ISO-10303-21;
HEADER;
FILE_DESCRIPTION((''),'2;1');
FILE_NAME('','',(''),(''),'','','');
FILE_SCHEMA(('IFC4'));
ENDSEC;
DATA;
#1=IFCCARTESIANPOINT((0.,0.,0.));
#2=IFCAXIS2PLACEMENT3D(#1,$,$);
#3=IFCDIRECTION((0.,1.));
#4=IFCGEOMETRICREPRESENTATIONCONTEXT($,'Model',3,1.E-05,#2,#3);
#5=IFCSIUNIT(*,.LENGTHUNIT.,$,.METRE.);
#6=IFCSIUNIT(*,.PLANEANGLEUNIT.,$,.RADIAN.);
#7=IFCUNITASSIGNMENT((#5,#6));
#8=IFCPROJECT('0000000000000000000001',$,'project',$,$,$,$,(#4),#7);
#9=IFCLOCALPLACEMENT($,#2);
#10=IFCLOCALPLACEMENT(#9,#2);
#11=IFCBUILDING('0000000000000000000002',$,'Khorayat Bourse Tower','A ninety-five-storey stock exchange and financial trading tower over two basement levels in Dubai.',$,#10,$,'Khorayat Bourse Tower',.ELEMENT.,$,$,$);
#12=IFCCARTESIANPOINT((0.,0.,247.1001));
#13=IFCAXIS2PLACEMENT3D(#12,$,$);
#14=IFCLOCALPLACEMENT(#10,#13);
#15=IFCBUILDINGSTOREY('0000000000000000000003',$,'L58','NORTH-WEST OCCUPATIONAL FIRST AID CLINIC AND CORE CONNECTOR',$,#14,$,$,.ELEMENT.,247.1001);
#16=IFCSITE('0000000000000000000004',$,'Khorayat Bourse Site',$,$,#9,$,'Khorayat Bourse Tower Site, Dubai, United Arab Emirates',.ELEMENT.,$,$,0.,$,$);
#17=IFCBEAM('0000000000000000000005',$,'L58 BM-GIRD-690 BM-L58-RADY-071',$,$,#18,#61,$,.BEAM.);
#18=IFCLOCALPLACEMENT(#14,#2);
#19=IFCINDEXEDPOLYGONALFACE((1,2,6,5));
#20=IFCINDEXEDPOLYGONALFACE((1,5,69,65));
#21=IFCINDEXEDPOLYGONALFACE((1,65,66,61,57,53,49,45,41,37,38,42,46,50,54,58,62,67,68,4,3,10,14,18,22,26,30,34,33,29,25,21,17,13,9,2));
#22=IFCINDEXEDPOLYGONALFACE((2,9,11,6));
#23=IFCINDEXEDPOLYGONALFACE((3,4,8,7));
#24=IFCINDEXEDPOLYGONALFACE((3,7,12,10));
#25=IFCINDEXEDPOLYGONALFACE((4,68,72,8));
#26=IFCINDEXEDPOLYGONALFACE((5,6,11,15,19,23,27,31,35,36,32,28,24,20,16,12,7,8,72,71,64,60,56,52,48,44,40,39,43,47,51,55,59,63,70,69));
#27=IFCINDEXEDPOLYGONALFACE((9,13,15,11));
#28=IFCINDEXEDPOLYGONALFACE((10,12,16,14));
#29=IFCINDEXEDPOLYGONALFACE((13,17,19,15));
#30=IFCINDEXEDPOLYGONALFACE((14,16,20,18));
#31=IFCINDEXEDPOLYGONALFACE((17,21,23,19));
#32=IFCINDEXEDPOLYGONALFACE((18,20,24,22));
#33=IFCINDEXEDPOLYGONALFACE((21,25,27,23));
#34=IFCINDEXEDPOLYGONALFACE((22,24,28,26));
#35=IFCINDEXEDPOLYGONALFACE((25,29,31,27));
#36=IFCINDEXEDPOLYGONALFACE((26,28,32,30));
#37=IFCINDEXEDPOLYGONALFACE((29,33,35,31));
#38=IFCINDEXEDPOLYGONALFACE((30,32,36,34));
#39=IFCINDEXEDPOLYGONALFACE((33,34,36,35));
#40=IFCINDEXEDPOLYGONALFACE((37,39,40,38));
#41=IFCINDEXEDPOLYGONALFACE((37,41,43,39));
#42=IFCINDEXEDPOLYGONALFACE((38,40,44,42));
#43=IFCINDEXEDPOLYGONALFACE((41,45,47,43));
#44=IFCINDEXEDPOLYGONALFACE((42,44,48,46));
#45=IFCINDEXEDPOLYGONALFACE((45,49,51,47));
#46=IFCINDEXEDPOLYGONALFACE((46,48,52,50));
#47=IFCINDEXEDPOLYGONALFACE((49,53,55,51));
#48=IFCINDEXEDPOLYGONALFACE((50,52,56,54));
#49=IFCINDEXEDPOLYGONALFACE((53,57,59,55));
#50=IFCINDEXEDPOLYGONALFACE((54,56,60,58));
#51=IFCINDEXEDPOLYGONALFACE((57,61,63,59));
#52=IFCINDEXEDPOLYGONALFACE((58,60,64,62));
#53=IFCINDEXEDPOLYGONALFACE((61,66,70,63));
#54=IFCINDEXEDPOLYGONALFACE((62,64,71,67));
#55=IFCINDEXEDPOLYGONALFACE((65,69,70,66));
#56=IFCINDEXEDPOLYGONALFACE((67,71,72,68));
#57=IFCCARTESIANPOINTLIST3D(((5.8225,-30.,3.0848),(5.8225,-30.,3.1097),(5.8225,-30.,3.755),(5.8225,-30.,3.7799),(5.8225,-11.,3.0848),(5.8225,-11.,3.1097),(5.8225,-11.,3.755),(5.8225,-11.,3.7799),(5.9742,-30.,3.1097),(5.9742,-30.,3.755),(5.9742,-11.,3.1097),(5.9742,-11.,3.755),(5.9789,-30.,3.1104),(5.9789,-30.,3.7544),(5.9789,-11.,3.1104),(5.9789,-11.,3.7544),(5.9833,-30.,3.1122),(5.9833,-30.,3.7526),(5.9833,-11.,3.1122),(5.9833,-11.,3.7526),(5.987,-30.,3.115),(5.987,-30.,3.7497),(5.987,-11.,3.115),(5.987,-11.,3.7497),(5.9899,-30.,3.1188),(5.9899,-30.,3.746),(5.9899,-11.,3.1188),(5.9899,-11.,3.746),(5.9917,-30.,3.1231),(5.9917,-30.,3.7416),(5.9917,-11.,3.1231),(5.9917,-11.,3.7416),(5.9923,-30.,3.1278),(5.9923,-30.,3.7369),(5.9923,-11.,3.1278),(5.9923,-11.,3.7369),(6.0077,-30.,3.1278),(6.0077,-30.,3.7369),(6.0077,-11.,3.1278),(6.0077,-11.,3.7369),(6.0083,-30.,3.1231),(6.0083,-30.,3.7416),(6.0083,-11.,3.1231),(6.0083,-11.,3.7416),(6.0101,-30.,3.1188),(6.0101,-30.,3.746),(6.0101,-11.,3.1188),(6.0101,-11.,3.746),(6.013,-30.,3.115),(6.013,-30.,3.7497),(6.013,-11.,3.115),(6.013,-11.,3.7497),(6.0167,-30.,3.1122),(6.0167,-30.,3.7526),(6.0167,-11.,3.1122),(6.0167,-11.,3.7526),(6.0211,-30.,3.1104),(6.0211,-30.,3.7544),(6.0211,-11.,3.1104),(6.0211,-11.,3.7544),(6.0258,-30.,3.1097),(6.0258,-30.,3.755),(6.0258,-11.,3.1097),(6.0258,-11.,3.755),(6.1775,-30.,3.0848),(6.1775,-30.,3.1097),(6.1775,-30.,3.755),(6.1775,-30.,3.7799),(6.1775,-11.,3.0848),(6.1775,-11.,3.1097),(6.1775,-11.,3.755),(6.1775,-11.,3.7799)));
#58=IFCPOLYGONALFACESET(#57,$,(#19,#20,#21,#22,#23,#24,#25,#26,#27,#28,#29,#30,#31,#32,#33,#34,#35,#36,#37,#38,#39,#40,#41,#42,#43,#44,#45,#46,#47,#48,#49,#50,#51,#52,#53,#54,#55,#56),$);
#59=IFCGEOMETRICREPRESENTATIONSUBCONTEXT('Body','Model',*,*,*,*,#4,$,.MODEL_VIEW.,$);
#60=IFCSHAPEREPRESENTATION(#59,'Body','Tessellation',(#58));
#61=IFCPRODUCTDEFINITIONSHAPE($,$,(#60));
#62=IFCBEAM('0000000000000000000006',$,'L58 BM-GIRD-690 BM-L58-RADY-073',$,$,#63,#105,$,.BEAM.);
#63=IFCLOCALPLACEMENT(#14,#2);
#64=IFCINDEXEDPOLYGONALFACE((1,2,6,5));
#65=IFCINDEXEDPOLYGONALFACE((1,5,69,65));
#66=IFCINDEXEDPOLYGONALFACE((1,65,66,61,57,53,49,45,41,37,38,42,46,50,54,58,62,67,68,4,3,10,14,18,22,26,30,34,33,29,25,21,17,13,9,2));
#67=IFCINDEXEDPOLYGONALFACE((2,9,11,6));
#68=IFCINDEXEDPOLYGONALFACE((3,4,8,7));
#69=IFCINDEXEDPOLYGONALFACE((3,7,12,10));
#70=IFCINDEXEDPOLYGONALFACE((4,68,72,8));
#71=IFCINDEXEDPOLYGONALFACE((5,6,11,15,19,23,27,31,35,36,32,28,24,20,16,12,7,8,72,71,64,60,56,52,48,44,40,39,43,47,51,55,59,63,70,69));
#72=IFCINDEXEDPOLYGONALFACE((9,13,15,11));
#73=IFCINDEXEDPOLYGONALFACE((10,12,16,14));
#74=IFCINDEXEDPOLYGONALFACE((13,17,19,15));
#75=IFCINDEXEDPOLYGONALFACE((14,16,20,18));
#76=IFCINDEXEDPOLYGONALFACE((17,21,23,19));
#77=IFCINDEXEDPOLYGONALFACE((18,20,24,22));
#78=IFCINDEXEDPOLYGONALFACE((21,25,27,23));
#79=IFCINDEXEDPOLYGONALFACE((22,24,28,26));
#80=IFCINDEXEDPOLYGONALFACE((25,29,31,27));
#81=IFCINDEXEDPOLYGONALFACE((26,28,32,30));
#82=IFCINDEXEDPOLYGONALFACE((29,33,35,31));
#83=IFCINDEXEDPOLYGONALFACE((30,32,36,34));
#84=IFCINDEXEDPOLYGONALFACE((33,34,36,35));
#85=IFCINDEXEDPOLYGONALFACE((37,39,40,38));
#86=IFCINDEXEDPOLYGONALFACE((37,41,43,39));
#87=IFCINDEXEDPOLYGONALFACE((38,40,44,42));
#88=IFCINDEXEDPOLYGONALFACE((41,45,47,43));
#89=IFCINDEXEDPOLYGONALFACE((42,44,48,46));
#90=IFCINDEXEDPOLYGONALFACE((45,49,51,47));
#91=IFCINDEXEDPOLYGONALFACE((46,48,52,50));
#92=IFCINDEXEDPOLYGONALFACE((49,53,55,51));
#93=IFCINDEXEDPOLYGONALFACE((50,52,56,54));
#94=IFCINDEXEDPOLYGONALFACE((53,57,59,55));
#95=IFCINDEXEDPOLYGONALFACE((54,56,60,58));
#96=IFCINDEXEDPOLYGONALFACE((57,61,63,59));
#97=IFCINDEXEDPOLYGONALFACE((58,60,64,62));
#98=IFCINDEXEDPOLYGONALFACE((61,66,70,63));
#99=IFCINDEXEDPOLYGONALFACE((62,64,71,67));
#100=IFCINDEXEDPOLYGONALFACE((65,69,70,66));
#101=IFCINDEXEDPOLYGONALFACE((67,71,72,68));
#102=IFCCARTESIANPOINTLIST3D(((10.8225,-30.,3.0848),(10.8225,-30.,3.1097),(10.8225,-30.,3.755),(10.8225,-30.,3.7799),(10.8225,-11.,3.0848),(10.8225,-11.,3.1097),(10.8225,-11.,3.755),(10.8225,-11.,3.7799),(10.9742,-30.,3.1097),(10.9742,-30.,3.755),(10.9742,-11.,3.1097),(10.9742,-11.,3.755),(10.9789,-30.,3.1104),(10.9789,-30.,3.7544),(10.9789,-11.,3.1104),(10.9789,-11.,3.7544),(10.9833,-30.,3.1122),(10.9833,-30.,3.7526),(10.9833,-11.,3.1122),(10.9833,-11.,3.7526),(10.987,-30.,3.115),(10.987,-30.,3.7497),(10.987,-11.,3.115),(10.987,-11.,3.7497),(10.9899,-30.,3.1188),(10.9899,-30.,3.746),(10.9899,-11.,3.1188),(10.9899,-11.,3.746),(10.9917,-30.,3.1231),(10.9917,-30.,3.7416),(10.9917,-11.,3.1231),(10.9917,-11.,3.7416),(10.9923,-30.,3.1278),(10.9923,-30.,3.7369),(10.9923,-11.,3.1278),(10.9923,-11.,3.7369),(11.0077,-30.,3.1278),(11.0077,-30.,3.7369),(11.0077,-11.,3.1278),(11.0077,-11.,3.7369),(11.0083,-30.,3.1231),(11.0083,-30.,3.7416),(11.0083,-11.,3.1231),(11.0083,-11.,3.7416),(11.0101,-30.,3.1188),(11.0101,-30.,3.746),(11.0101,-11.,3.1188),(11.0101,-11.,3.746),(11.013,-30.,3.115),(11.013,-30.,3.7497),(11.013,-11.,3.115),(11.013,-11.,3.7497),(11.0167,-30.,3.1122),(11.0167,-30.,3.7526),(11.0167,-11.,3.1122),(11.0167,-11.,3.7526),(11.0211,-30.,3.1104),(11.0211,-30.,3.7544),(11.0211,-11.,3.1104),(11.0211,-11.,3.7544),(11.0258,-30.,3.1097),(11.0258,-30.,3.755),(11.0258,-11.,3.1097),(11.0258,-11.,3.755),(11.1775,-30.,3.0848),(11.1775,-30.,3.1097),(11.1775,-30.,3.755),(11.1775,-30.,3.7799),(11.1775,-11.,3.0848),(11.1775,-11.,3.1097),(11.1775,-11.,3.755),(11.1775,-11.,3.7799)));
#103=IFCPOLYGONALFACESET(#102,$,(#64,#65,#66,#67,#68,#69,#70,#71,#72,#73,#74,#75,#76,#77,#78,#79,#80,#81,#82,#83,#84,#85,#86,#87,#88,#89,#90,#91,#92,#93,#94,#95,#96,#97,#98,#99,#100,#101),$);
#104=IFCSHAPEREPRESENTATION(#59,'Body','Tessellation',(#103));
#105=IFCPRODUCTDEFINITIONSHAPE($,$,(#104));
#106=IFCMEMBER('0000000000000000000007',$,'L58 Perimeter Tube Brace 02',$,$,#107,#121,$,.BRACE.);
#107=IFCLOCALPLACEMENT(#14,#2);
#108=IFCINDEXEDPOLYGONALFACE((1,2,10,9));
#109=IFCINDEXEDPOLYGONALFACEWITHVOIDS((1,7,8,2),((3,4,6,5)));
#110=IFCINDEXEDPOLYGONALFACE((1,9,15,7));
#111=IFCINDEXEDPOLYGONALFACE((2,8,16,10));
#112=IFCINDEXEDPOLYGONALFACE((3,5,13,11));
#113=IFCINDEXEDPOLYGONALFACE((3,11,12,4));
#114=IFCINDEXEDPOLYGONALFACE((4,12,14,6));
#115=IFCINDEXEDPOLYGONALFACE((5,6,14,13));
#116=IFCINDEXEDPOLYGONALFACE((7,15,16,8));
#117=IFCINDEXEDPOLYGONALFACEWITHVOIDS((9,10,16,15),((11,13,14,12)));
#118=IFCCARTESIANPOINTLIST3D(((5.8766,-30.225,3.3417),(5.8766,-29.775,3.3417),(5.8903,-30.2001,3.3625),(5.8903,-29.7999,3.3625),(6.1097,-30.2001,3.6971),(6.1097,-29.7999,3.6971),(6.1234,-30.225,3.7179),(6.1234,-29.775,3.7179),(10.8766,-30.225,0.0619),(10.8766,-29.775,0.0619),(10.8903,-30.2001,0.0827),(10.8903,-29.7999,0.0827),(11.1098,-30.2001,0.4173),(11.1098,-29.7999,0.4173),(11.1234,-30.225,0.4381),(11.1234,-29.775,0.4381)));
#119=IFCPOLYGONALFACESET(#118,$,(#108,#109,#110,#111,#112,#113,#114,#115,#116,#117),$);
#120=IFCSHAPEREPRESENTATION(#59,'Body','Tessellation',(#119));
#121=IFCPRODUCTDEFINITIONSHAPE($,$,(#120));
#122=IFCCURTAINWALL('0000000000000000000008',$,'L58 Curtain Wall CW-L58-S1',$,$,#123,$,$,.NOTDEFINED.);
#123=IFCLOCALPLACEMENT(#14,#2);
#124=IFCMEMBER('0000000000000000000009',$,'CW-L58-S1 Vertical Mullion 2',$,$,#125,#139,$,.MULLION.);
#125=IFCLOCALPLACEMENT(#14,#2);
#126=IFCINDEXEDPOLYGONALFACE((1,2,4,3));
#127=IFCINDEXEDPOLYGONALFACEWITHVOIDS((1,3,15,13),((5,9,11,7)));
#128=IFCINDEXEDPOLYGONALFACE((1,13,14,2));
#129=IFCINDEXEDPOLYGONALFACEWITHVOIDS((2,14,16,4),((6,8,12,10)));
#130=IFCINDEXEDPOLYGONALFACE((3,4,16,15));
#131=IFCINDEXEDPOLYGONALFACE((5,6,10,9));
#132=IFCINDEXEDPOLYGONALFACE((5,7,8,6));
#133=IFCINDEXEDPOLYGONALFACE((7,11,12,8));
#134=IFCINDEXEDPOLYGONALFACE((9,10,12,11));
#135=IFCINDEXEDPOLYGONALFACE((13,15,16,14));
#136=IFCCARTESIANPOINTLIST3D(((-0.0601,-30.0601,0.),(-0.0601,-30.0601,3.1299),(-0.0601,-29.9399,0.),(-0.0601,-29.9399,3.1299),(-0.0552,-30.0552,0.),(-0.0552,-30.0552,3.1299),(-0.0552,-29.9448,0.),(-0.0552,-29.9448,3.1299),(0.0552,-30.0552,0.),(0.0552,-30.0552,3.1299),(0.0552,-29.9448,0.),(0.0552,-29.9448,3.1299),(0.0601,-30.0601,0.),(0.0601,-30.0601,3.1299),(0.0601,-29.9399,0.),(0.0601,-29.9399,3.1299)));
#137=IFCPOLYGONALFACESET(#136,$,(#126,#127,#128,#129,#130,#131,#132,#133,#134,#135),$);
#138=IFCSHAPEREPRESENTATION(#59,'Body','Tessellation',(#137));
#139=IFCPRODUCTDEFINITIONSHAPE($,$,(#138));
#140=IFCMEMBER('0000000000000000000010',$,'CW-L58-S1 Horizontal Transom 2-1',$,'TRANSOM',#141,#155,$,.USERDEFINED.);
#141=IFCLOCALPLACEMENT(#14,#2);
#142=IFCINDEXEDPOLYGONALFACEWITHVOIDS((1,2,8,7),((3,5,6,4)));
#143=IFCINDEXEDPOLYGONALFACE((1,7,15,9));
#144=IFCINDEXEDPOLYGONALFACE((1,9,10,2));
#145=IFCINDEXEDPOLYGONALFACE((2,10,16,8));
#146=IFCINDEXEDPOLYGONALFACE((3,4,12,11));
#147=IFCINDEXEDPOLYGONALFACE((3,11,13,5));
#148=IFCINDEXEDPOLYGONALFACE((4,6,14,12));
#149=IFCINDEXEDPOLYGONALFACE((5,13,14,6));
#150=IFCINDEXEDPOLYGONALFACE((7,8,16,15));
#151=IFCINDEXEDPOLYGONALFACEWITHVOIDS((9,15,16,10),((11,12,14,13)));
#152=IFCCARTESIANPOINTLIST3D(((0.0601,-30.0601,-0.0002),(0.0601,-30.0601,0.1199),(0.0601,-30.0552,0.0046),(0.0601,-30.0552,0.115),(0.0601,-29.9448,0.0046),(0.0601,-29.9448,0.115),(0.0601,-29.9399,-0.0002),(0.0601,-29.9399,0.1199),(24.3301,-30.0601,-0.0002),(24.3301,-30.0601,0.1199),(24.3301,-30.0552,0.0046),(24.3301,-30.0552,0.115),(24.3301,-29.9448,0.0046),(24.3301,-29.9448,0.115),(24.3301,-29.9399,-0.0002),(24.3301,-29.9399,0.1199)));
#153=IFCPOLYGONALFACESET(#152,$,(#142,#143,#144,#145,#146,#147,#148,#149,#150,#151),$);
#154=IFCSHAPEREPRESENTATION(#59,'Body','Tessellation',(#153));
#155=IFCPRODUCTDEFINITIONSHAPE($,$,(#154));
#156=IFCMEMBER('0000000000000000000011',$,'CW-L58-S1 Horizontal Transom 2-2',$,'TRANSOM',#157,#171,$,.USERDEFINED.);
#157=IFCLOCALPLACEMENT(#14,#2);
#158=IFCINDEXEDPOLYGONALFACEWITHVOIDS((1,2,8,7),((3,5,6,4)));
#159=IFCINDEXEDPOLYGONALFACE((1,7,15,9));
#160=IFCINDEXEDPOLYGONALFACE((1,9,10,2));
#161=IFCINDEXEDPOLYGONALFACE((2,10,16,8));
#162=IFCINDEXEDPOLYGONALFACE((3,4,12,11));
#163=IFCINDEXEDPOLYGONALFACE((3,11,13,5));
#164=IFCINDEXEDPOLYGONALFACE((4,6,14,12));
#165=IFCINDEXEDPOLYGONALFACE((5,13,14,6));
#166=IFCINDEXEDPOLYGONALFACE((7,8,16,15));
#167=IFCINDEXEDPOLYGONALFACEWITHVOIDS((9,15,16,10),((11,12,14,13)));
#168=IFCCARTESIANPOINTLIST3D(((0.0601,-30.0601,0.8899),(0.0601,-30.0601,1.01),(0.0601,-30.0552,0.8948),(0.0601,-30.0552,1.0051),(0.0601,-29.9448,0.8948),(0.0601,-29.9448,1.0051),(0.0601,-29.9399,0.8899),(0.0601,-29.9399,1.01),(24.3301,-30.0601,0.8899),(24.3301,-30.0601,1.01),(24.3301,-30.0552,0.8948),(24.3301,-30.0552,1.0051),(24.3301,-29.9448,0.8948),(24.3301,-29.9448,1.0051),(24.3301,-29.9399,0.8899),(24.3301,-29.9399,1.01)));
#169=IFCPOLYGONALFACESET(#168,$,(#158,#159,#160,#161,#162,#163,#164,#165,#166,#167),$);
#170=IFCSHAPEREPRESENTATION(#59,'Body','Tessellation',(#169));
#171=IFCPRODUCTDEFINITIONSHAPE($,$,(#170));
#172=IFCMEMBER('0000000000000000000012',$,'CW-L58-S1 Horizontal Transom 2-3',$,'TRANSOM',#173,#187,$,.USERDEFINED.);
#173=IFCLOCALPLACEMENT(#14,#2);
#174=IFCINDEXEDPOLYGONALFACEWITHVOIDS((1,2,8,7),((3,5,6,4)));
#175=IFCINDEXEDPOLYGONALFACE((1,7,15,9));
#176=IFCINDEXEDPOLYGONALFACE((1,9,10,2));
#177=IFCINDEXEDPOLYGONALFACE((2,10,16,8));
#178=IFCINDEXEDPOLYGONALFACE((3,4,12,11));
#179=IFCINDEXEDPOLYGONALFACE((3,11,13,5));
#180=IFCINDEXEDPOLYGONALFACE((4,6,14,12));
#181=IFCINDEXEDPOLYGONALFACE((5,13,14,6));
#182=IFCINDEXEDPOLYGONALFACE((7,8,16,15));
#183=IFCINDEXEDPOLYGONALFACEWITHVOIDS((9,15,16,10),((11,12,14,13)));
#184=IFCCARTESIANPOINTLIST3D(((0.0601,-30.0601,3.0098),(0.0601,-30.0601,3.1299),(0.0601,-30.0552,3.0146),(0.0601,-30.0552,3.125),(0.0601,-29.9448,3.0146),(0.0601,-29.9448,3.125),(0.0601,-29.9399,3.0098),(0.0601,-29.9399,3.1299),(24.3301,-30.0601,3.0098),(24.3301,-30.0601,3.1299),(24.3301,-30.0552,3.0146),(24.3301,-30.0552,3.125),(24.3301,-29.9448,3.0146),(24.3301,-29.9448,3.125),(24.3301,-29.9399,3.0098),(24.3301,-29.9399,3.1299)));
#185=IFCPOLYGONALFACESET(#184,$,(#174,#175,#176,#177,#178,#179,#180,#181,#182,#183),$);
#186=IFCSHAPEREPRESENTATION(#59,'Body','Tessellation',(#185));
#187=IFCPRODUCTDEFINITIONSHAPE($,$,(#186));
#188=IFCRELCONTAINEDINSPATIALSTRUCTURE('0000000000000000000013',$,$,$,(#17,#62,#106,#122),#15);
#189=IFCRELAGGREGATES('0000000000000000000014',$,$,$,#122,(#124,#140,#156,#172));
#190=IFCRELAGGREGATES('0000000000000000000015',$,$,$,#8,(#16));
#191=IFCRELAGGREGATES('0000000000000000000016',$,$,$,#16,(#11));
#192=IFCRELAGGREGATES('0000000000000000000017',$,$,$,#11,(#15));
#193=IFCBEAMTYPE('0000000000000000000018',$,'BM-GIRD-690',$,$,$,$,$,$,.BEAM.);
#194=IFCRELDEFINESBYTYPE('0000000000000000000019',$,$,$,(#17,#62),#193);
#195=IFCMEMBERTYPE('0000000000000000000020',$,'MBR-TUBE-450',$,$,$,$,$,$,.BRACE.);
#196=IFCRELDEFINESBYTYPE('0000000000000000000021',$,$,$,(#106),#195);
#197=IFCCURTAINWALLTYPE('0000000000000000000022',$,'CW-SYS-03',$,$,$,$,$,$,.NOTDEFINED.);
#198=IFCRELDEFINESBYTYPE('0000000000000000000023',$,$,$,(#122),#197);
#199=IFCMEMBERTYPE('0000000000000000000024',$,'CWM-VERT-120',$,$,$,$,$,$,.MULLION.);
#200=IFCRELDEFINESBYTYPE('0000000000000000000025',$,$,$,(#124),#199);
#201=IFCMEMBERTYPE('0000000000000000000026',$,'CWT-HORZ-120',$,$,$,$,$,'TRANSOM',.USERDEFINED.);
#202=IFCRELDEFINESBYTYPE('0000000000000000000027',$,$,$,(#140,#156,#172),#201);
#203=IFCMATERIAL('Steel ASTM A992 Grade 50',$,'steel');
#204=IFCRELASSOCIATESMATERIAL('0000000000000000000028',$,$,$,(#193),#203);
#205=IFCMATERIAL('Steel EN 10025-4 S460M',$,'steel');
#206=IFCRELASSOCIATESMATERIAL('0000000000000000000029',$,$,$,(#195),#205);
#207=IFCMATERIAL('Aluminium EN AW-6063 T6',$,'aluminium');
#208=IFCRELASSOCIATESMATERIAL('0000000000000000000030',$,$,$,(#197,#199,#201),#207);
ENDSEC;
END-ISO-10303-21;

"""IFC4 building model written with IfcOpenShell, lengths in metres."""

from ifc_helpers import new_model, si_unit, direction, frame, origin, origin_2d, place, context, subcontext, project, spatial, hollow_rectangle, i_section, extrude, source, transform, mapped, material, material_profile, profile_set, type_object, element, aggregate, save


model = new_model("IFC4")

# Units and contexts
model_context = context("Model", 3, precision=1e-05, world=origin(), true_north=direction((0.0, 1.0)))
body_context = subcontext(model_context, "Body", "Model", "MODEL_VIEW")
ifc_project = project(units=[si_unit("LENGTHUNIT", "METRE"), si_unit("PLANEANGLEUNIT", "RADIAN")], contexts=[model_context])

# Site, building, storey
site_placement = place(None, origin())
site = spatial("IfcSite", under=ifc_project, at=site_placement, Name="Khorayat Bourse Site", LongName="Khorayat Bourse Tower Site, Dubai, United Arab Emirates", CompositionType="ELEMENT", RefElevation=0.0)
building_placement = place(site_placement, origin())
building = spatial("IfcBuilding", under=site, at=building_placement, Name="Khorayat Bourse Tower", Description="A ninety-five-storey stock exchange and financial trading tower over two basement levels in Dubai.", LongName="Khorayat Bourse Tower", CompositionType="ELEMENT")
storey_placement = place(building_placement, frame((0.0, 0.0, 247.1001)))
storey = spatial("IfcBuildingStorey", under=building, at=storey_placement, Name="L58", Description="NORTH-WEST OCCUPATIONAL FIRST AID CLINIC AND CORE CONNECTOR", CompositionType="ELEMENT", Elevation=247.1001)

# Shared definitions
ifc_material_1 = material(Name="Steel EN 10025-4 S460M", Category="steel")

# Beams
ifc_material_2 = material(Name="Steel ASTM A992 Grade 50", Category="steel")
ifc_material_profile_1 = material_profile(ifc_material_2, i_section(OverallWidth=0.355, OverallDepth=0.6951, WebThickness=0.0154, FlangeThickness=0.0249, FilletRadius=0.0181, at=origin_2d()), Name="W690X217")
ifc_profile_set_1 = profile_set([ifc_material_profile_1], Name="Steel ASTM A992 Grade 50")
beam_type_1 = type_object("IfcBeamType", Name="BM-GIRD-690", PredefinedType="BEAM", material=ifc_profile_set_1)
shared_shape_1 = source(origin(), body_context, "Body", "SweptSolid", [
    extrude(i_section(OverallWidth=0.355, OverallDepth=0.6951, WebThickness=0.0154, FlangeThickness=0.0249, FilletRadius=0.0181, at=origin_2d()), origin(), (0.0, 0.0, 1.0), 19.0),
])
for number, where, z_axis, x_axis, name in (
    (1, (6.0, -30.0, 3.4324), (0.0, 1.0, 0.0), (-1.0, 0.0, 0.0), "L58 BM-GIRD-690 BM-L58-RADY-071"),
    (2, (11.0, -30.0, 3.4324), (0.0, 1.0, 0.0), (-1.0, 0.0, 0.0), "L58 BM-GIRD-690 BM-L58-RADY-073"),
):
    element("IfcBeam", number, at=place(storey_placement, frame(where, z_axis=z_axis, x_axis=x_axis)), inside=storey, type_object=beam_type_1, Name=name, PredefinedType="BEAM", context=body_context, shape_type="MappedRepresentation", body=[
        mapped(shared_shape_1, transform((0.0, 0.0, 0.0), scale=1.0)),
    ])

# Member
ifc_material_profile_2 = material_profile(ifc_material_1, hollow_rectangle(XDim=0.45, YDim=0.45, WallThickness=0.0249, at=origin_2d()), Name="HSS 450x450x25")
ifc_profile_set_2 = profile_set([ifc_material_profile_2], Name="Steel EN 10025-4 S460M")
member_type_1 = type_object("IfcMemberType", Name="MBR-TUBE-450", PredefinedType="BRACE", material=ifc_profile_set_2)
shared_shape_2 = source(origin(), body_context, "Body", "SweptSolid", [
    extrude(hollow_rectangle(XDim=0.45, YDim=0.45, WallThickness=0.0249, at=origin_2d()), origin(), (0.0, 0.0, 1.0), 5.9797),
])
member_1_placement = place(storey_placement, frame((6.0, -30.0, 3.5298), z_axis=(0.83616, 0.0, -0.548485), x_axis=(0.0, 1.0, 0.0)))
element("IfcMember", 3, at=member_1_placement, inside=storey, type_object=member_type_1, Name="L58 Perimeter Tube Brace 02", PredefinedType="BRACE", context=body_context, shape_type="MappedRepresentation", body=[
    mapped(shared_shape_2, transform((0.0, 0.0, 0.0), scale=1.0)),
])

# Curtain wall, members
ifc_material_3 = material(Name="Aluminium EN AW-6063 T6", Category="aluminium")
curtain_wall_type = type_object("IfcCurtainWallType", Name="CW-SYS-03", PredefinedType="NOTDEFINED", material=ifc_material_3)
curtain_wall_placement = place(storey_placement, origin())
curtain_wall = element("IfcCurtainWall", 4, at=curtain_wall_placement, inside=storey, type_object=curtain_wall_type, Name="L58 Curtain Wall CW-L58-S1", PredefinedType="NOTDEFINED")
ifc_material_profile_3 = material_profile(ifc_material_3, hollow_rectangle(XDim=0.1201, YDim=0.1201, WallThickness=0.0049, at=origin_2d()), Name="ALU 120x120x5")
ifc_profile_set_3 = profile_set([ifc_material_profile_3], Name="Aluminium EN AW-6063 T6")
member_type_2 = type_object("IfcMemberType", Name="CWM-VERT-120", PredefinedType="MULLION", material=ifc_profile_set_3)
shared_shape_3 = source(origin(), body_context, "Body", "SweptSolid", [
    extrude(hollow_rectangle(XDim=0.1201, YDim=0.1201, WallThickness=0.0049, at=origin_2d()), origin(), (0.0, 0.0, 1.0), 3.1299),
])
member_2_placement = place(storey_placement, frame((0.0, -30.0, 0.0), z_axis=(0.0, 0.0, 1.0), x_axis=(0.0, 1.0, 0.0)))
member_2 = element("IfcMember", 5, at=member_2_placement, type_object=member_type_2, Name="CW-L58-S1 Vertical Mullion 2", PredefinedType="MULLION", context=body_context, shape_type="MappedRepresentation", body=[
    mapped(shared_shape_3, transform((0.0, 0.0, 0.0), scale=1.0)),
])
ifc_material_profile_4 = material_profile(ifc_material_3, hollow_rectangle(XDim=0.1201, YDim=0.1201, WallThickness=0.0049, at=origin_2d()), Name="ALU 120x120x5")
ifc_profile_set_4 = profile_set([ifc_material_profile_4], Name="Aluminium EN AW-6063 T6")
member_type_3 = type_object("IfcMemberType", Name="CWT-HORZ-120", ElementType="TRANSOM", PredefinedType="USERDEFINED", material=ifc_profile_set_4)
shared_shape_4 = source(origin(), body_context, "Body", "SweptSolid", [
    extrude(hollow_rectangle(XDim=0.1201, YDim=0.1201, WallThickness=0.0049, at=origin_2d()), origin(), (0.0, 0.0, 1.0), 24.27),
])
member_3_placement = place(storey_placement, frame((0.0601, -30.0, 0.0598), z_axis=(1.0, 0.0, 0.0), x_axis=(0.0, 1.0, 0.0)))
member_3 = element("IfcMember", 6, at=member_3_placement, type_object=member_type_3, Name="CW-L58-S1 Horizontal Transom 2-1", ObjectType="TRANSOM", PredefinedType="USERDEFINED", context=body_context, shape_type="MappedRepresentation", body=[
    mapped(shared_shape_4, transform((0.0, 0.0, 0.0), scale=1.0)),
])
member_4_placement = place(storey_placement, frame((0.0601, -30.0, 0.95), z_axis=(1.0, 0.0, 0.0), x_axis=(0.0, 1.0, 0.0)))
member_4 = element("IfcMember", 7, at=member_4_placement, type_object=member_type_3, Name="CW-L58-S1 Horizontal Transom 2-2", ObjectType="TRANSOM", PredefinedType="USERDEFINED", context=body_context, shape_type="MappedRepresentation", body=[
    mapped(shared_shape_4, transform((0.0, 0.0, 0.0), scale=1.0)),
])
member_5_placement = place(storey_placement, frame((0.0601, -30.0, 3.0698), z_axis=(1.0, 0.0, 0.0), x_axis=(0.0, 1.0, 0.0)))
member_5 = element("IfcMember", 8, at=member_5_placement, type_object=member_type_3, Name="CW-L58-S1 Horizontal Transom 2-3", ObjectType="TRANSOM", PredefinedType="USERDEFINED", context=body_context, shape_type="MappedRepresentation", body=[
    mapped(shared_shape_4, transform((0.0, 0.0, 0.0), scale=1.0)),
])
aggregate(curtain_wall, [member_2, member_3, member_4, member_5])

save(model, "model.ifc")
